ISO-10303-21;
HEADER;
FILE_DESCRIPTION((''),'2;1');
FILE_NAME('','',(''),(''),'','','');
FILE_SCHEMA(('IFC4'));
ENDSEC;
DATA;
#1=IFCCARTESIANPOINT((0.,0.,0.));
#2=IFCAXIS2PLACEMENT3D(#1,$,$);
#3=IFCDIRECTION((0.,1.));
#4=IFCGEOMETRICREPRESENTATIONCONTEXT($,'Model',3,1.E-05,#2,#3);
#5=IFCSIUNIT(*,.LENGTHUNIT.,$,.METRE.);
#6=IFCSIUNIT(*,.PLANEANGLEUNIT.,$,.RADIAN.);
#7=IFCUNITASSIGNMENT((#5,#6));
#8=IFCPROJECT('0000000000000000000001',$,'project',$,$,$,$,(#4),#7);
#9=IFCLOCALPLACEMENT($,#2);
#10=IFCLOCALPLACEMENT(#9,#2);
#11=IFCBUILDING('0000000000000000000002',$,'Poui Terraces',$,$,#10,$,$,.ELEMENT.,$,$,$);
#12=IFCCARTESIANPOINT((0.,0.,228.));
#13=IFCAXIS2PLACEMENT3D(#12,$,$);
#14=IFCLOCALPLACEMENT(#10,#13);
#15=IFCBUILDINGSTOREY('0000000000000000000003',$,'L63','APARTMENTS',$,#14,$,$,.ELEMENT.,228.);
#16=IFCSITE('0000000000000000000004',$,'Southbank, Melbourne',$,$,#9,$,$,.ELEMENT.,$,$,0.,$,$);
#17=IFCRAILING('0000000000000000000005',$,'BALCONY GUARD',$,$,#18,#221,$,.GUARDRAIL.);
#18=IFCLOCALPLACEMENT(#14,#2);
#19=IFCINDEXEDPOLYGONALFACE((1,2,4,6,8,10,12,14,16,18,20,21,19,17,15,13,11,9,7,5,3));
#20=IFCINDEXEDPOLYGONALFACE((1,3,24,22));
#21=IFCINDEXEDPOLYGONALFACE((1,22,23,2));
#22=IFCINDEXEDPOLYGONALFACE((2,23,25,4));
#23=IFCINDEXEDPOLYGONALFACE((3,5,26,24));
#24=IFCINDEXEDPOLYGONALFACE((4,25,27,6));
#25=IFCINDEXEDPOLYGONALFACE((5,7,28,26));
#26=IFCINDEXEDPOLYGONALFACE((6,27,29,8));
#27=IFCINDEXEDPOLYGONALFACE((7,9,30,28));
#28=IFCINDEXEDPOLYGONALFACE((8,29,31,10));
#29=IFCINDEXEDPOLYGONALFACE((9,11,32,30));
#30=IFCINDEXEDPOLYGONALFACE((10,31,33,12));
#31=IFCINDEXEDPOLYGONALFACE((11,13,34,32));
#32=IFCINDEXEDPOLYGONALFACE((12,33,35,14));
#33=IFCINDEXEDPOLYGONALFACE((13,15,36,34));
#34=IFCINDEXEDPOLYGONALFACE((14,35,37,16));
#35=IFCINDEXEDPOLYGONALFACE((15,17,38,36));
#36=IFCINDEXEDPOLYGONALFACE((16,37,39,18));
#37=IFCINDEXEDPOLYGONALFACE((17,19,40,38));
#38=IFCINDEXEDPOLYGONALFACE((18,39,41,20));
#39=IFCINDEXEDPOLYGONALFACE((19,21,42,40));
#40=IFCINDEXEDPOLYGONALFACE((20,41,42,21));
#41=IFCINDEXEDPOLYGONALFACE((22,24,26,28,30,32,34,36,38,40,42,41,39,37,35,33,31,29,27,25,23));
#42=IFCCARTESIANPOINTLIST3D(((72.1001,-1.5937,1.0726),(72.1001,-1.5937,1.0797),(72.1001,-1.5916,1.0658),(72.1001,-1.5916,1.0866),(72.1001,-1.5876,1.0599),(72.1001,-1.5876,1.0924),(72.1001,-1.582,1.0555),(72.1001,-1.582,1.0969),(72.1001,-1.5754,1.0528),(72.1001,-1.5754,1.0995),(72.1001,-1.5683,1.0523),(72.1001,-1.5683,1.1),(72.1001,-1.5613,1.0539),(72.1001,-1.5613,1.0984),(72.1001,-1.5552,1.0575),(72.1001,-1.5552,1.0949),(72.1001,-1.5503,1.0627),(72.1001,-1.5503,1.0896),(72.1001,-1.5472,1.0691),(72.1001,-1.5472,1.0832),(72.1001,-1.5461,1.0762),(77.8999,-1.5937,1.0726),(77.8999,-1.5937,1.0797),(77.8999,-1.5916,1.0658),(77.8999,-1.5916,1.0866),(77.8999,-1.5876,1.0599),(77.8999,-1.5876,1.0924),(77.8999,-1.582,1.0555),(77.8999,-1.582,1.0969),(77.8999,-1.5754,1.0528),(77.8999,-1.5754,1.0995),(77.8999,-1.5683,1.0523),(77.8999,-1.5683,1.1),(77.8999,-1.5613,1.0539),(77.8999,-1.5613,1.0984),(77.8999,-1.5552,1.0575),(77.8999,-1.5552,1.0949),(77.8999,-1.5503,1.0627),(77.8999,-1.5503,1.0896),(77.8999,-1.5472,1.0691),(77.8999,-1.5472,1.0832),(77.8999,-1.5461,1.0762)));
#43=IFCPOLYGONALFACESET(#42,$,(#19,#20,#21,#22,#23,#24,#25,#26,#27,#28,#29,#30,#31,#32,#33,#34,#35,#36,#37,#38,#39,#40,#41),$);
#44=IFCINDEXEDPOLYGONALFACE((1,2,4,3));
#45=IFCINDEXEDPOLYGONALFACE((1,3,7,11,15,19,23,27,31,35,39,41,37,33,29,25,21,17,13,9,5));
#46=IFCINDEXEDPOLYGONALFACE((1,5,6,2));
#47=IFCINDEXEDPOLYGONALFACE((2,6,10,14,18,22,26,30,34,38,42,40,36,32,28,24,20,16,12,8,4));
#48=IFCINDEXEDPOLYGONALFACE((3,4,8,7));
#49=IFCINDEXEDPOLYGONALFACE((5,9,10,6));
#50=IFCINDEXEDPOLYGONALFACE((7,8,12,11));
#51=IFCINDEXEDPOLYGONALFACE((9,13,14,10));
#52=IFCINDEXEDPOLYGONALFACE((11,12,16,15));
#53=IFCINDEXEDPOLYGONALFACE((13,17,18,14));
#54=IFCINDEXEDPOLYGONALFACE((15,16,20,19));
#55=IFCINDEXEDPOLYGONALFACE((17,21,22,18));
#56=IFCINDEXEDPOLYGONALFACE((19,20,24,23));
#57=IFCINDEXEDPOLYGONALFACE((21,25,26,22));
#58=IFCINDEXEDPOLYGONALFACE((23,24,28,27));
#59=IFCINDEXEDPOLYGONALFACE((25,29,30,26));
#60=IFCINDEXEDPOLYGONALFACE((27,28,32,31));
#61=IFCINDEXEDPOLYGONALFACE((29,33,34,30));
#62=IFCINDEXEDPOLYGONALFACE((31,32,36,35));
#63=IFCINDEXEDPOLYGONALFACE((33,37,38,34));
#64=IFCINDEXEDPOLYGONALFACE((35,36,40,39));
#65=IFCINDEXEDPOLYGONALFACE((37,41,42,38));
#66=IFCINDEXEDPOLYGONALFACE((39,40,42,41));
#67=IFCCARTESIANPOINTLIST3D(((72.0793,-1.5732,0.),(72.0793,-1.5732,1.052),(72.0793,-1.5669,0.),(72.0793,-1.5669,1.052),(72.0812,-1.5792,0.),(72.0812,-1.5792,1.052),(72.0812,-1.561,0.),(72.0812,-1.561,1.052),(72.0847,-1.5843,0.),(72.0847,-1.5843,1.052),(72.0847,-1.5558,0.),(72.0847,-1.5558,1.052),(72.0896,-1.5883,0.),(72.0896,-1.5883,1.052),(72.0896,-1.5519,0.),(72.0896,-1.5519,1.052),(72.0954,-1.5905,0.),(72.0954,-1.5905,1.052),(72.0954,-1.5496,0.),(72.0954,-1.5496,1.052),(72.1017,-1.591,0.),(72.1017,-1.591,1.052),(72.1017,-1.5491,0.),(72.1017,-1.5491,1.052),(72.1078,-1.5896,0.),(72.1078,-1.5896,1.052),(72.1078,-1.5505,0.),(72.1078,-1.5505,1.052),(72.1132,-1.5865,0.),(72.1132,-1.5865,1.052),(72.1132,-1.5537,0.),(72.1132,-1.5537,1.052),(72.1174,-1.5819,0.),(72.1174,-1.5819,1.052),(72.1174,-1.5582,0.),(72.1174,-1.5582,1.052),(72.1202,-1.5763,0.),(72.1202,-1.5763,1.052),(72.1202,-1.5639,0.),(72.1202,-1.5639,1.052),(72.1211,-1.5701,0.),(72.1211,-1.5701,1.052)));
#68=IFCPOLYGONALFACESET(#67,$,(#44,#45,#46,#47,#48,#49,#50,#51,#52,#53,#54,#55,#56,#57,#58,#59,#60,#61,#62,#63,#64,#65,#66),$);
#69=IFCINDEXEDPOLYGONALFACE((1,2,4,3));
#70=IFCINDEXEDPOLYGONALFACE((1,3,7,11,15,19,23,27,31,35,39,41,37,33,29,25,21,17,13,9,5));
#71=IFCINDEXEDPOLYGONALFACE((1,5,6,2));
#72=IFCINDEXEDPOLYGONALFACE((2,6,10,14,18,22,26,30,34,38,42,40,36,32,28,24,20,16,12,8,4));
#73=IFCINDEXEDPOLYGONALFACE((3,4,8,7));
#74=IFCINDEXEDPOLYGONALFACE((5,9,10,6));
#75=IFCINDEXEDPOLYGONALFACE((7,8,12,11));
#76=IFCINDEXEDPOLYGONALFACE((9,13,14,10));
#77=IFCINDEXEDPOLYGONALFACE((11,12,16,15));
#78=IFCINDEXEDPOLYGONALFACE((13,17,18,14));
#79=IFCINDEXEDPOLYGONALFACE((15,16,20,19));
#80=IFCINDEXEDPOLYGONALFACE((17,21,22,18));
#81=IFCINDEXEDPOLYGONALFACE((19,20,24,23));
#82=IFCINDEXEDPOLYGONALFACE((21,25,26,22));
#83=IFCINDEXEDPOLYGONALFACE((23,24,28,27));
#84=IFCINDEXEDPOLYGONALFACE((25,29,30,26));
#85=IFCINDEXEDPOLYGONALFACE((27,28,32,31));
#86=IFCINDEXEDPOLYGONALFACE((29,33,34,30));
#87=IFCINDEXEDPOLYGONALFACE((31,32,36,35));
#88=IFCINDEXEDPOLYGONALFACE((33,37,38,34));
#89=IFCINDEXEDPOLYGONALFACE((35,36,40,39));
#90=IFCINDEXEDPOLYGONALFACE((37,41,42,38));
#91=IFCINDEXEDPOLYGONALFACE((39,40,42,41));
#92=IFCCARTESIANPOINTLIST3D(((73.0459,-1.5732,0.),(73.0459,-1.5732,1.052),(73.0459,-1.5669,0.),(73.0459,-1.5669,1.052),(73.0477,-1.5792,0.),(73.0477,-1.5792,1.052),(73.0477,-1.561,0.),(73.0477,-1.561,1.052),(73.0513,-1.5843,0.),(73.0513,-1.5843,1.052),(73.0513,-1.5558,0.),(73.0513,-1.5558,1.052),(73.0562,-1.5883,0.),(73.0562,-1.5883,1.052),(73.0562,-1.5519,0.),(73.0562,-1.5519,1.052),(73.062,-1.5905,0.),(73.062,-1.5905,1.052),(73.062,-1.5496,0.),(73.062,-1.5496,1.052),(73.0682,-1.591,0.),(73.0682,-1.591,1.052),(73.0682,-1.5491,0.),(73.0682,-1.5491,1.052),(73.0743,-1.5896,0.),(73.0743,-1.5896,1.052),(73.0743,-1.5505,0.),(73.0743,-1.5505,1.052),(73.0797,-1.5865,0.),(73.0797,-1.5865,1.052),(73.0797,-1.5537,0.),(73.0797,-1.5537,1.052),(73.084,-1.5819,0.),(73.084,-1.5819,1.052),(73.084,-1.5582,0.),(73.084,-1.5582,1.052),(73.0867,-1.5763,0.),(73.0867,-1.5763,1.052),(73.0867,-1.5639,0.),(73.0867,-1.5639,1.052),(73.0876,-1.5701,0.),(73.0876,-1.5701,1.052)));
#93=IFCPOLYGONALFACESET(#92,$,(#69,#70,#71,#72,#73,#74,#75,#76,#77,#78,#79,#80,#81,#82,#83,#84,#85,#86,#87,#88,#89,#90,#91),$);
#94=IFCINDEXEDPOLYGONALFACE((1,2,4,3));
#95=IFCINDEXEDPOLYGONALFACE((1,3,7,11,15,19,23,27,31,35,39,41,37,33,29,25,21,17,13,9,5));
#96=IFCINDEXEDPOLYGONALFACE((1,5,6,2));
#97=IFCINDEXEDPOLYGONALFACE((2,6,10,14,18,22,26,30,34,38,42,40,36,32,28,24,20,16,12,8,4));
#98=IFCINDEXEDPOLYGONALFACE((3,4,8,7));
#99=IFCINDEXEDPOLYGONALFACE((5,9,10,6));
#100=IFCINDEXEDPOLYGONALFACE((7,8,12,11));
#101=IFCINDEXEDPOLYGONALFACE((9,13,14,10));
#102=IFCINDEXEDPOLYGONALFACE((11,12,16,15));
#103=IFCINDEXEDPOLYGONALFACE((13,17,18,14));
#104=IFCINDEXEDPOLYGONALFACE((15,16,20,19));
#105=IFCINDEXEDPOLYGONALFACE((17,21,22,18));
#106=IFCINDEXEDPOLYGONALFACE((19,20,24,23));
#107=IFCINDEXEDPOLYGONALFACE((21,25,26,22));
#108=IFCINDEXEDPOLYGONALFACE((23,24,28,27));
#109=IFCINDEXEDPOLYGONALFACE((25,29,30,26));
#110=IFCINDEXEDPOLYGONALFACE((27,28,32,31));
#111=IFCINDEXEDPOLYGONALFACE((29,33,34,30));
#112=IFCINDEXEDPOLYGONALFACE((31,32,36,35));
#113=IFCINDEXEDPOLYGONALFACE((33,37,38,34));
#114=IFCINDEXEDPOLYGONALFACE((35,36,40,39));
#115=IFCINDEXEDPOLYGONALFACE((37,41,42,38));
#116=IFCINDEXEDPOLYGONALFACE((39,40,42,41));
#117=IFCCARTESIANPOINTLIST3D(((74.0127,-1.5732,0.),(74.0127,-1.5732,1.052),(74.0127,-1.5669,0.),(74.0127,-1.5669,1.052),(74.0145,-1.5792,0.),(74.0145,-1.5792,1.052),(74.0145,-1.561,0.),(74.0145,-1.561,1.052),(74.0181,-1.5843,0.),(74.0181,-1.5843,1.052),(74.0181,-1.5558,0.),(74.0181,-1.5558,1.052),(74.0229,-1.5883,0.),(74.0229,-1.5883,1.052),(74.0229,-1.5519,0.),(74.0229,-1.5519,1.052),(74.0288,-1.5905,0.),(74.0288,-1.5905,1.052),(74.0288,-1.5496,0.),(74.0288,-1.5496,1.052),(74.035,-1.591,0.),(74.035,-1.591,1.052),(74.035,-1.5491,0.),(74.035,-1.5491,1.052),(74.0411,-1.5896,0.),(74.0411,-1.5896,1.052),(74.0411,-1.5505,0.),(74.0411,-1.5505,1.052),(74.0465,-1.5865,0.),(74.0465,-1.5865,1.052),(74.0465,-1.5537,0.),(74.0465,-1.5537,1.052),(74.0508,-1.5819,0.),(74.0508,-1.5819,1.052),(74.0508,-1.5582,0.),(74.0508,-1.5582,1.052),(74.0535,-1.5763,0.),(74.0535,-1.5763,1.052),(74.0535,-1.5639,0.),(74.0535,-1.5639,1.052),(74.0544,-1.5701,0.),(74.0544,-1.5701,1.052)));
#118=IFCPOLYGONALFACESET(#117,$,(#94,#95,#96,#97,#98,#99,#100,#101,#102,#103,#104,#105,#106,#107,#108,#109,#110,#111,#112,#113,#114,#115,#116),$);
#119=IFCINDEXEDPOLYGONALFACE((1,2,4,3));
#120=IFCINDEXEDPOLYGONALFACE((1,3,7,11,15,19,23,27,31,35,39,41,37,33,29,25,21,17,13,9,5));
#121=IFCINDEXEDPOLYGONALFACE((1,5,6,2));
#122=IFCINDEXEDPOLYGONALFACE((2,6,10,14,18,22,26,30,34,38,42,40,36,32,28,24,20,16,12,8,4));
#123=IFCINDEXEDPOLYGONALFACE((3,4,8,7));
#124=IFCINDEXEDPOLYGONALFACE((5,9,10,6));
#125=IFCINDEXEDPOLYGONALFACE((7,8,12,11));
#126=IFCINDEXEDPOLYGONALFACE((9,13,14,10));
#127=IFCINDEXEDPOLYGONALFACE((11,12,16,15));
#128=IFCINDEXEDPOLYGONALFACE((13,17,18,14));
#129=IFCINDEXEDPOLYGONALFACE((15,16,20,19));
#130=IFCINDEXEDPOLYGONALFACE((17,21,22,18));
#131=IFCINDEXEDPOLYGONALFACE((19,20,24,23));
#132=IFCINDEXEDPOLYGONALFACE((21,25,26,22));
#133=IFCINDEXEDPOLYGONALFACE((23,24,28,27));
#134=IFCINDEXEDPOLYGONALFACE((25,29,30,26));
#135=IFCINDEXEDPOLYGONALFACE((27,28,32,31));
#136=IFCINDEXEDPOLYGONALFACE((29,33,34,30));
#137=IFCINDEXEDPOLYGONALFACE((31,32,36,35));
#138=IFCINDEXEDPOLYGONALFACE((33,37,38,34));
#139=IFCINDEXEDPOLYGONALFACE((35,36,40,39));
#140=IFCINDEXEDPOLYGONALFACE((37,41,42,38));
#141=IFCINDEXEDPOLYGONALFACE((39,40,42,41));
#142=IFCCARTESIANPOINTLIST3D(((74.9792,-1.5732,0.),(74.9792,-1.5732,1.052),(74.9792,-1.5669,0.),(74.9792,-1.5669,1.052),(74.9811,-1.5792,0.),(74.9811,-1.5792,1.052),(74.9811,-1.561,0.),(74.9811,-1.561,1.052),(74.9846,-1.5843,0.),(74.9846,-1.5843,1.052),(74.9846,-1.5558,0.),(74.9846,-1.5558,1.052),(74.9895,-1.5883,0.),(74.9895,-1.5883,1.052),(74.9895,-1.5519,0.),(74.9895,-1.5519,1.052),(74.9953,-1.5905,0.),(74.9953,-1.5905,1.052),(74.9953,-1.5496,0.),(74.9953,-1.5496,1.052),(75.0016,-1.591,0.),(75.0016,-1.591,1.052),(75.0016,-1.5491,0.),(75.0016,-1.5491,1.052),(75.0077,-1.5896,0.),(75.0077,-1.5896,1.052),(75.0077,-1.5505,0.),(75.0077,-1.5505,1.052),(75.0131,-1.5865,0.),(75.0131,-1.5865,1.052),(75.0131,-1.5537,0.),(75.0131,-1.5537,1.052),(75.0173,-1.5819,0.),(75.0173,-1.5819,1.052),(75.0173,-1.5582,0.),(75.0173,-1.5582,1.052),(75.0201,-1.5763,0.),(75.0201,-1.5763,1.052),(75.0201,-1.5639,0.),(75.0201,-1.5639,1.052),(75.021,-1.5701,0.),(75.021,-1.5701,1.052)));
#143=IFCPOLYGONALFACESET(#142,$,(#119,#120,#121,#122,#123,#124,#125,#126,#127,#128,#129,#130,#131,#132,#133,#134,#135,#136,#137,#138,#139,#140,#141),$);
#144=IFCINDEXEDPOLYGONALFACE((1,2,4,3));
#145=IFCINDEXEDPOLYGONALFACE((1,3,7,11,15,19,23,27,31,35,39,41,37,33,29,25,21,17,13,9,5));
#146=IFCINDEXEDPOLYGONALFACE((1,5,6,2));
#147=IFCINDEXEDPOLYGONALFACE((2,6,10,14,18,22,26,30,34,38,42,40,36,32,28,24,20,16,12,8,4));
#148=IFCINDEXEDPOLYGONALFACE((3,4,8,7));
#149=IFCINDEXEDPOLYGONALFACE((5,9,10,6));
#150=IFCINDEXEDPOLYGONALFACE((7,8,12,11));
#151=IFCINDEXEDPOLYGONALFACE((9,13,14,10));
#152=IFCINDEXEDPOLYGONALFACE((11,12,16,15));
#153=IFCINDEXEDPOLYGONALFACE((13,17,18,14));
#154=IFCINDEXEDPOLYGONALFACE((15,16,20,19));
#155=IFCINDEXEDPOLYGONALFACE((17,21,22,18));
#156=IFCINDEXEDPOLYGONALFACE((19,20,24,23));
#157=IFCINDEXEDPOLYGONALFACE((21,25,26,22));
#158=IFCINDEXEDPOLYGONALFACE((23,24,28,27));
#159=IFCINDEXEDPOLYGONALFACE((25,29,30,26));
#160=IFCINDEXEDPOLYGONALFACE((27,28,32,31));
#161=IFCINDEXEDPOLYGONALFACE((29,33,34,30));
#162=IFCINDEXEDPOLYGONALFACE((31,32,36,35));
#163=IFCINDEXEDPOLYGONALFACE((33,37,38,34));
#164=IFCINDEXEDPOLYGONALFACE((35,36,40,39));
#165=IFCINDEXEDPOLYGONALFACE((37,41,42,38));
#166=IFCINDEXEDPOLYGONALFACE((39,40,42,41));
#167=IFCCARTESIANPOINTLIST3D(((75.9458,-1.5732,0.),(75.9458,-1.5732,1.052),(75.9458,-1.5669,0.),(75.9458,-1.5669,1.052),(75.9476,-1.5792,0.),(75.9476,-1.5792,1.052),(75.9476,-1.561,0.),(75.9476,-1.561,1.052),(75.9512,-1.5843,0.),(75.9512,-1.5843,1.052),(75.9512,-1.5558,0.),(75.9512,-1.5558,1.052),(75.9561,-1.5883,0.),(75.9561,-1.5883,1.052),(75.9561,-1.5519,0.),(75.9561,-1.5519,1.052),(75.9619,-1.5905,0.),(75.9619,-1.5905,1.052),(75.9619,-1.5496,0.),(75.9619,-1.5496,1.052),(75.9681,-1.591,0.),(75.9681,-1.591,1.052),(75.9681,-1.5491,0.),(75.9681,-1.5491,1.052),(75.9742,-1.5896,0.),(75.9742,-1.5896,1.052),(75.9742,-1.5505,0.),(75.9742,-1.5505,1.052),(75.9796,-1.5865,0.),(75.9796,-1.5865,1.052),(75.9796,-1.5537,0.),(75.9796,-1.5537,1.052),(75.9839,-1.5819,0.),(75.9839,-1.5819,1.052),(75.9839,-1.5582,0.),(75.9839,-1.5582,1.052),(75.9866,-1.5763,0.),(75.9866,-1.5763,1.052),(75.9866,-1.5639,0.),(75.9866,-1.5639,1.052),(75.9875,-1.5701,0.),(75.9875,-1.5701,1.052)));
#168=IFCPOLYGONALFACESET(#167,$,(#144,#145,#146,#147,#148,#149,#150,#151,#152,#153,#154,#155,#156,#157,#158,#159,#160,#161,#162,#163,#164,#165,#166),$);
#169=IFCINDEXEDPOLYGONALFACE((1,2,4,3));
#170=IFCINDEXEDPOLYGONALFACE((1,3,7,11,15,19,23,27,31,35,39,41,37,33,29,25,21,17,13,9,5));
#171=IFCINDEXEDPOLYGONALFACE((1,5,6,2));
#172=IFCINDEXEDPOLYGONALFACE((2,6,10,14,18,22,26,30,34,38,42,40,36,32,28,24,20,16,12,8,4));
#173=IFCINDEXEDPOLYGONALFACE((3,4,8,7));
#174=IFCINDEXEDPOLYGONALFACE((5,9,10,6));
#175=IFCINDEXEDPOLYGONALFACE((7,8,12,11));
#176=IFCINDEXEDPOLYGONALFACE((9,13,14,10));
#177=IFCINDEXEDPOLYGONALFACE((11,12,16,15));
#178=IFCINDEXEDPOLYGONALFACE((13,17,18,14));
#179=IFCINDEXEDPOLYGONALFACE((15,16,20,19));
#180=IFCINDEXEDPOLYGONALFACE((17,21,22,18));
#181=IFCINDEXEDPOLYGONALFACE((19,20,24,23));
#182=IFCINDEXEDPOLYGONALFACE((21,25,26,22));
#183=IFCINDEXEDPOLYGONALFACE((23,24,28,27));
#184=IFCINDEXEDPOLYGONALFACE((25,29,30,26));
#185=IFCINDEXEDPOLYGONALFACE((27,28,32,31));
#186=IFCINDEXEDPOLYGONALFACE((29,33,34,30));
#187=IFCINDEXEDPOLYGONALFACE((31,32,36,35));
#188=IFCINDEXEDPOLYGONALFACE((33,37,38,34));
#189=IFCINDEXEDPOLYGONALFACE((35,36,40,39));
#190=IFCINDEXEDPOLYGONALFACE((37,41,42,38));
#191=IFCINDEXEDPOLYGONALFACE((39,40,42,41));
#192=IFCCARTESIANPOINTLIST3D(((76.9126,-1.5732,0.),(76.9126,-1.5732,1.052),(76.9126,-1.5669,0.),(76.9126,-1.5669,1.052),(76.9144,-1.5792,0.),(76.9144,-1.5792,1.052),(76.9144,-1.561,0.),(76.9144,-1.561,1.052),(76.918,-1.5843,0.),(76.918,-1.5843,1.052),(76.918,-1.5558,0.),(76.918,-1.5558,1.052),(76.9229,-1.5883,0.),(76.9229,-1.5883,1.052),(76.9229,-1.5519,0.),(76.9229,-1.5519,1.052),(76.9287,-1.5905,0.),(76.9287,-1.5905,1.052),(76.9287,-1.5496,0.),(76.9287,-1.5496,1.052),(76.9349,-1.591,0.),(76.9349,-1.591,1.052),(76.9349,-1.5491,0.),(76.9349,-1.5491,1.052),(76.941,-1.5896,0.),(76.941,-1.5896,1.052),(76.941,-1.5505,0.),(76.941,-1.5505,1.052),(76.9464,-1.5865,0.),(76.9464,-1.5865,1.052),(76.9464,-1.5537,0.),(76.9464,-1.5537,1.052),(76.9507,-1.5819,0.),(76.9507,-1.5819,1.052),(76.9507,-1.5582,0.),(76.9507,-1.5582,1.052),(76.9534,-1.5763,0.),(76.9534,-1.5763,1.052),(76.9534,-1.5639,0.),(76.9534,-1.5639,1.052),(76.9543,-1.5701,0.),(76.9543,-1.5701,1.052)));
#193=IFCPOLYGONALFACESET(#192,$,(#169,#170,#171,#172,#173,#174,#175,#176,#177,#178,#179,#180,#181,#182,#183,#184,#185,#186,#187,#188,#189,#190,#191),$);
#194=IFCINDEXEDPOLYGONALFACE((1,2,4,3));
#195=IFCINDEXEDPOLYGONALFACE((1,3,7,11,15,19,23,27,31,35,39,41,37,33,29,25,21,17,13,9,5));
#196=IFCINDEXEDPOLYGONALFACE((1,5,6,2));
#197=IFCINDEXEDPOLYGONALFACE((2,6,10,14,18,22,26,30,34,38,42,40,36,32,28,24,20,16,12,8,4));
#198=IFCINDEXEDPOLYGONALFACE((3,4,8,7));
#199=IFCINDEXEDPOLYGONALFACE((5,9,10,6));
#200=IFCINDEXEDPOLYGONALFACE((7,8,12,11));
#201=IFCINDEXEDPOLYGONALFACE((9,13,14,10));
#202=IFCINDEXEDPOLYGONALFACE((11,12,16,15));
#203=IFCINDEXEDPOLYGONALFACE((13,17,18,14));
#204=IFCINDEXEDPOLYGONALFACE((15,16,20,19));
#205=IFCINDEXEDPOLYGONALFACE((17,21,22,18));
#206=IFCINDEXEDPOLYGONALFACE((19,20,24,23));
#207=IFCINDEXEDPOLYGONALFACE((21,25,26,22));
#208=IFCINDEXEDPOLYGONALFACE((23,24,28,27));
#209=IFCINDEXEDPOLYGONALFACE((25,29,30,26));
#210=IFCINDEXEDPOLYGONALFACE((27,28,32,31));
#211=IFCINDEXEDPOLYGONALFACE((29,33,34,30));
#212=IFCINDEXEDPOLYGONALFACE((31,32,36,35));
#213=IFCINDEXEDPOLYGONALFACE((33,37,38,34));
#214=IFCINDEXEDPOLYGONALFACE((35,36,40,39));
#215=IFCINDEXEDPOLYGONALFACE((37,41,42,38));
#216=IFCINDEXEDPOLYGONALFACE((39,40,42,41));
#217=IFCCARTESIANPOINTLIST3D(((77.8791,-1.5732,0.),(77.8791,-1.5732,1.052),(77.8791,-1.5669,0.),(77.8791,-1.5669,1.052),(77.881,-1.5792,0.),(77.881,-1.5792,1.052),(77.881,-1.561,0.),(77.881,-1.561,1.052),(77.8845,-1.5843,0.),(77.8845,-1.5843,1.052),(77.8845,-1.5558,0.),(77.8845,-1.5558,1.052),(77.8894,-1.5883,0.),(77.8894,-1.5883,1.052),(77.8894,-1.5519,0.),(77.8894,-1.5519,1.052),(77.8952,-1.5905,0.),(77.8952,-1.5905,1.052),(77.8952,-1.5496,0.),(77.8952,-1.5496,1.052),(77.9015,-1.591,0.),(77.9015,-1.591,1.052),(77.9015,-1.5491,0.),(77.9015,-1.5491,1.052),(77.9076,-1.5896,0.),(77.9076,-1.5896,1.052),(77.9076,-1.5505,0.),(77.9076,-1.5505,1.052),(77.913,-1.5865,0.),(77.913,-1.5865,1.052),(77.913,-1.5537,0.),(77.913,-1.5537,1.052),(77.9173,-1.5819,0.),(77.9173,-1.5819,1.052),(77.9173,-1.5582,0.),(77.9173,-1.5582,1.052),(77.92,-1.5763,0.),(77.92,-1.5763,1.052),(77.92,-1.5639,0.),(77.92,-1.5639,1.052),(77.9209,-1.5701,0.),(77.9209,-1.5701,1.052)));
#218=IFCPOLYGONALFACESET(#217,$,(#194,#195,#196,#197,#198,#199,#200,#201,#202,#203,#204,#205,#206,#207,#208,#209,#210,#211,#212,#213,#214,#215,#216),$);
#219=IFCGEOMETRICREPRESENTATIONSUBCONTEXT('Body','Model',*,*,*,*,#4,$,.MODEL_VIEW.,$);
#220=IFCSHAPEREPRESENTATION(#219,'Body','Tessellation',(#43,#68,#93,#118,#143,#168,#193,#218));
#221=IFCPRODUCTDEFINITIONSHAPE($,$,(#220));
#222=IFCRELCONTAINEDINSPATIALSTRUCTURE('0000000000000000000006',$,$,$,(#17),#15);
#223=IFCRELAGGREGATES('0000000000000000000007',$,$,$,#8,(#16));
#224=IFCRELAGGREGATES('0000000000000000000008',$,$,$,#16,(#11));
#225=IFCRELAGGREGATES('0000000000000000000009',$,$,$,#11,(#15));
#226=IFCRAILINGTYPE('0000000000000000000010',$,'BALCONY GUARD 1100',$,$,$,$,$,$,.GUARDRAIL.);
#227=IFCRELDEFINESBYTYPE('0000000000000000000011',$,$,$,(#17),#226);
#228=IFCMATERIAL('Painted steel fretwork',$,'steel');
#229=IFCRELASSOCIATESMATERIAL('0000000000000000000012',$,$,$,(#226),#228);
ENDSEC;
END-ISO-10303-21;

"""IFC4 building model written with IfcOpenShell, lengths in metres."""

from ifc_helpers import new_model, si_unit, direction, frame, origin, origin_2d, place, context, subcontext, project, spatial, circle, extrude, material, type_object, element, save


model = new_model("IFC4")

# Units and contexts
model_context = context("Model", 3, precision=1e-05, world=origin(), true_north=direction((0.0, 1.0)))
body_context = subcontext(model_context, "Body", "Model", "MODEL_VIEW")
ifc_project = project(units=[si_unit("LENGTHUNIT", "METRE"), si_unit("PLANEANGLEUNIT", "RADIAN")], contexts=[model_context])

# Site, building, storey
site_placement = place(None, origin())
site = spatial("IfcSite", under=ifc_project, at=site_placement, Name="Southbank, Melbourne", CompositionType="ELEMENT", RefElevation=0.0)
building_placement = place(site_placement, origin())
building = spatial("IfcBuilding", under=site, at=building_placement, Name="Poui Terraces", CompositionType="ELEMENT")
storey_placement = place(building_placement, frame((0.0, 0.0, 228.0)))
storey = spatial("IfcBuildingStorey", under=building, at=storey_placement, Name="L63", Description="APARTMENTS", CompositionType="ELEMENT", Elevation=228.0)

# Railing
ifc_material_1 = material(Name="Painted steel fretwork", Category="steel")
railing_type = type_object("IfcRailingType", Name="BALCONY GUARD 1100", PredefinedType="GUARDRAIL", material=ifc_material_1)
railing_placement = place(storey_placement, frame((72.1001, -1.5701, 0.0)))
element("IfcRailing", 1, at=railing_placement, inside=storey, type_object=railing_type, Name="BALCONY GUARD", PredefinedType="GUARDRAIL", context=body_context, shape_type="SweptSolid", body=[
    extrude(circle(Radius=0.0239, at=origin_2d()), frame((0.0, 0.0, 1.0762), z_axis=(1.0, 0.0, 0.0), x_axis=(0.0, 1.0, 0.0)), (0.0, 0.0, 1.0), 5.7998),
    extrude(circle(Radius=0.021, at=origin_2d()), origin(), (0.0, 0.0, 1.0), 1.052),
    extrude(circle(Radius=0.021, at=origin_2d()), frame((0.9666, 0.0, 0.0)), (0.0, 0.0, 1.0), 1.052),
    extrude(circle(Radius=0.021, at=origin_2d()), frame((1.9333, 0.0, 0.0)), (0.0, 0.0, 1.0), 1.052),
    extrude(circle(Radius=0.021, at=origin_2d()), frame((2.8999, 0.0, 0.0)), (0.0, 0.0, 1.0), 1.052),
    extrude(circle(Radius=0.021, at=origin_2d()), frame((3.8665, 0.0, 0.0)), (0.0, 0.0, 1.0), 1.052),
    extrude(circle(Radius=0.021, at=origin_2d()), frame((4.8333, 0.0, 0.0)), (0.0, 0.0, 1.0), 1.052),
    extrude(circle(Radius=0.021, at=origin_2d()), frame((5.7998, 0.0, 0.0)), (0.0, 0.0, 1.0), 1.052),
])

save(model, "model.ifc")
